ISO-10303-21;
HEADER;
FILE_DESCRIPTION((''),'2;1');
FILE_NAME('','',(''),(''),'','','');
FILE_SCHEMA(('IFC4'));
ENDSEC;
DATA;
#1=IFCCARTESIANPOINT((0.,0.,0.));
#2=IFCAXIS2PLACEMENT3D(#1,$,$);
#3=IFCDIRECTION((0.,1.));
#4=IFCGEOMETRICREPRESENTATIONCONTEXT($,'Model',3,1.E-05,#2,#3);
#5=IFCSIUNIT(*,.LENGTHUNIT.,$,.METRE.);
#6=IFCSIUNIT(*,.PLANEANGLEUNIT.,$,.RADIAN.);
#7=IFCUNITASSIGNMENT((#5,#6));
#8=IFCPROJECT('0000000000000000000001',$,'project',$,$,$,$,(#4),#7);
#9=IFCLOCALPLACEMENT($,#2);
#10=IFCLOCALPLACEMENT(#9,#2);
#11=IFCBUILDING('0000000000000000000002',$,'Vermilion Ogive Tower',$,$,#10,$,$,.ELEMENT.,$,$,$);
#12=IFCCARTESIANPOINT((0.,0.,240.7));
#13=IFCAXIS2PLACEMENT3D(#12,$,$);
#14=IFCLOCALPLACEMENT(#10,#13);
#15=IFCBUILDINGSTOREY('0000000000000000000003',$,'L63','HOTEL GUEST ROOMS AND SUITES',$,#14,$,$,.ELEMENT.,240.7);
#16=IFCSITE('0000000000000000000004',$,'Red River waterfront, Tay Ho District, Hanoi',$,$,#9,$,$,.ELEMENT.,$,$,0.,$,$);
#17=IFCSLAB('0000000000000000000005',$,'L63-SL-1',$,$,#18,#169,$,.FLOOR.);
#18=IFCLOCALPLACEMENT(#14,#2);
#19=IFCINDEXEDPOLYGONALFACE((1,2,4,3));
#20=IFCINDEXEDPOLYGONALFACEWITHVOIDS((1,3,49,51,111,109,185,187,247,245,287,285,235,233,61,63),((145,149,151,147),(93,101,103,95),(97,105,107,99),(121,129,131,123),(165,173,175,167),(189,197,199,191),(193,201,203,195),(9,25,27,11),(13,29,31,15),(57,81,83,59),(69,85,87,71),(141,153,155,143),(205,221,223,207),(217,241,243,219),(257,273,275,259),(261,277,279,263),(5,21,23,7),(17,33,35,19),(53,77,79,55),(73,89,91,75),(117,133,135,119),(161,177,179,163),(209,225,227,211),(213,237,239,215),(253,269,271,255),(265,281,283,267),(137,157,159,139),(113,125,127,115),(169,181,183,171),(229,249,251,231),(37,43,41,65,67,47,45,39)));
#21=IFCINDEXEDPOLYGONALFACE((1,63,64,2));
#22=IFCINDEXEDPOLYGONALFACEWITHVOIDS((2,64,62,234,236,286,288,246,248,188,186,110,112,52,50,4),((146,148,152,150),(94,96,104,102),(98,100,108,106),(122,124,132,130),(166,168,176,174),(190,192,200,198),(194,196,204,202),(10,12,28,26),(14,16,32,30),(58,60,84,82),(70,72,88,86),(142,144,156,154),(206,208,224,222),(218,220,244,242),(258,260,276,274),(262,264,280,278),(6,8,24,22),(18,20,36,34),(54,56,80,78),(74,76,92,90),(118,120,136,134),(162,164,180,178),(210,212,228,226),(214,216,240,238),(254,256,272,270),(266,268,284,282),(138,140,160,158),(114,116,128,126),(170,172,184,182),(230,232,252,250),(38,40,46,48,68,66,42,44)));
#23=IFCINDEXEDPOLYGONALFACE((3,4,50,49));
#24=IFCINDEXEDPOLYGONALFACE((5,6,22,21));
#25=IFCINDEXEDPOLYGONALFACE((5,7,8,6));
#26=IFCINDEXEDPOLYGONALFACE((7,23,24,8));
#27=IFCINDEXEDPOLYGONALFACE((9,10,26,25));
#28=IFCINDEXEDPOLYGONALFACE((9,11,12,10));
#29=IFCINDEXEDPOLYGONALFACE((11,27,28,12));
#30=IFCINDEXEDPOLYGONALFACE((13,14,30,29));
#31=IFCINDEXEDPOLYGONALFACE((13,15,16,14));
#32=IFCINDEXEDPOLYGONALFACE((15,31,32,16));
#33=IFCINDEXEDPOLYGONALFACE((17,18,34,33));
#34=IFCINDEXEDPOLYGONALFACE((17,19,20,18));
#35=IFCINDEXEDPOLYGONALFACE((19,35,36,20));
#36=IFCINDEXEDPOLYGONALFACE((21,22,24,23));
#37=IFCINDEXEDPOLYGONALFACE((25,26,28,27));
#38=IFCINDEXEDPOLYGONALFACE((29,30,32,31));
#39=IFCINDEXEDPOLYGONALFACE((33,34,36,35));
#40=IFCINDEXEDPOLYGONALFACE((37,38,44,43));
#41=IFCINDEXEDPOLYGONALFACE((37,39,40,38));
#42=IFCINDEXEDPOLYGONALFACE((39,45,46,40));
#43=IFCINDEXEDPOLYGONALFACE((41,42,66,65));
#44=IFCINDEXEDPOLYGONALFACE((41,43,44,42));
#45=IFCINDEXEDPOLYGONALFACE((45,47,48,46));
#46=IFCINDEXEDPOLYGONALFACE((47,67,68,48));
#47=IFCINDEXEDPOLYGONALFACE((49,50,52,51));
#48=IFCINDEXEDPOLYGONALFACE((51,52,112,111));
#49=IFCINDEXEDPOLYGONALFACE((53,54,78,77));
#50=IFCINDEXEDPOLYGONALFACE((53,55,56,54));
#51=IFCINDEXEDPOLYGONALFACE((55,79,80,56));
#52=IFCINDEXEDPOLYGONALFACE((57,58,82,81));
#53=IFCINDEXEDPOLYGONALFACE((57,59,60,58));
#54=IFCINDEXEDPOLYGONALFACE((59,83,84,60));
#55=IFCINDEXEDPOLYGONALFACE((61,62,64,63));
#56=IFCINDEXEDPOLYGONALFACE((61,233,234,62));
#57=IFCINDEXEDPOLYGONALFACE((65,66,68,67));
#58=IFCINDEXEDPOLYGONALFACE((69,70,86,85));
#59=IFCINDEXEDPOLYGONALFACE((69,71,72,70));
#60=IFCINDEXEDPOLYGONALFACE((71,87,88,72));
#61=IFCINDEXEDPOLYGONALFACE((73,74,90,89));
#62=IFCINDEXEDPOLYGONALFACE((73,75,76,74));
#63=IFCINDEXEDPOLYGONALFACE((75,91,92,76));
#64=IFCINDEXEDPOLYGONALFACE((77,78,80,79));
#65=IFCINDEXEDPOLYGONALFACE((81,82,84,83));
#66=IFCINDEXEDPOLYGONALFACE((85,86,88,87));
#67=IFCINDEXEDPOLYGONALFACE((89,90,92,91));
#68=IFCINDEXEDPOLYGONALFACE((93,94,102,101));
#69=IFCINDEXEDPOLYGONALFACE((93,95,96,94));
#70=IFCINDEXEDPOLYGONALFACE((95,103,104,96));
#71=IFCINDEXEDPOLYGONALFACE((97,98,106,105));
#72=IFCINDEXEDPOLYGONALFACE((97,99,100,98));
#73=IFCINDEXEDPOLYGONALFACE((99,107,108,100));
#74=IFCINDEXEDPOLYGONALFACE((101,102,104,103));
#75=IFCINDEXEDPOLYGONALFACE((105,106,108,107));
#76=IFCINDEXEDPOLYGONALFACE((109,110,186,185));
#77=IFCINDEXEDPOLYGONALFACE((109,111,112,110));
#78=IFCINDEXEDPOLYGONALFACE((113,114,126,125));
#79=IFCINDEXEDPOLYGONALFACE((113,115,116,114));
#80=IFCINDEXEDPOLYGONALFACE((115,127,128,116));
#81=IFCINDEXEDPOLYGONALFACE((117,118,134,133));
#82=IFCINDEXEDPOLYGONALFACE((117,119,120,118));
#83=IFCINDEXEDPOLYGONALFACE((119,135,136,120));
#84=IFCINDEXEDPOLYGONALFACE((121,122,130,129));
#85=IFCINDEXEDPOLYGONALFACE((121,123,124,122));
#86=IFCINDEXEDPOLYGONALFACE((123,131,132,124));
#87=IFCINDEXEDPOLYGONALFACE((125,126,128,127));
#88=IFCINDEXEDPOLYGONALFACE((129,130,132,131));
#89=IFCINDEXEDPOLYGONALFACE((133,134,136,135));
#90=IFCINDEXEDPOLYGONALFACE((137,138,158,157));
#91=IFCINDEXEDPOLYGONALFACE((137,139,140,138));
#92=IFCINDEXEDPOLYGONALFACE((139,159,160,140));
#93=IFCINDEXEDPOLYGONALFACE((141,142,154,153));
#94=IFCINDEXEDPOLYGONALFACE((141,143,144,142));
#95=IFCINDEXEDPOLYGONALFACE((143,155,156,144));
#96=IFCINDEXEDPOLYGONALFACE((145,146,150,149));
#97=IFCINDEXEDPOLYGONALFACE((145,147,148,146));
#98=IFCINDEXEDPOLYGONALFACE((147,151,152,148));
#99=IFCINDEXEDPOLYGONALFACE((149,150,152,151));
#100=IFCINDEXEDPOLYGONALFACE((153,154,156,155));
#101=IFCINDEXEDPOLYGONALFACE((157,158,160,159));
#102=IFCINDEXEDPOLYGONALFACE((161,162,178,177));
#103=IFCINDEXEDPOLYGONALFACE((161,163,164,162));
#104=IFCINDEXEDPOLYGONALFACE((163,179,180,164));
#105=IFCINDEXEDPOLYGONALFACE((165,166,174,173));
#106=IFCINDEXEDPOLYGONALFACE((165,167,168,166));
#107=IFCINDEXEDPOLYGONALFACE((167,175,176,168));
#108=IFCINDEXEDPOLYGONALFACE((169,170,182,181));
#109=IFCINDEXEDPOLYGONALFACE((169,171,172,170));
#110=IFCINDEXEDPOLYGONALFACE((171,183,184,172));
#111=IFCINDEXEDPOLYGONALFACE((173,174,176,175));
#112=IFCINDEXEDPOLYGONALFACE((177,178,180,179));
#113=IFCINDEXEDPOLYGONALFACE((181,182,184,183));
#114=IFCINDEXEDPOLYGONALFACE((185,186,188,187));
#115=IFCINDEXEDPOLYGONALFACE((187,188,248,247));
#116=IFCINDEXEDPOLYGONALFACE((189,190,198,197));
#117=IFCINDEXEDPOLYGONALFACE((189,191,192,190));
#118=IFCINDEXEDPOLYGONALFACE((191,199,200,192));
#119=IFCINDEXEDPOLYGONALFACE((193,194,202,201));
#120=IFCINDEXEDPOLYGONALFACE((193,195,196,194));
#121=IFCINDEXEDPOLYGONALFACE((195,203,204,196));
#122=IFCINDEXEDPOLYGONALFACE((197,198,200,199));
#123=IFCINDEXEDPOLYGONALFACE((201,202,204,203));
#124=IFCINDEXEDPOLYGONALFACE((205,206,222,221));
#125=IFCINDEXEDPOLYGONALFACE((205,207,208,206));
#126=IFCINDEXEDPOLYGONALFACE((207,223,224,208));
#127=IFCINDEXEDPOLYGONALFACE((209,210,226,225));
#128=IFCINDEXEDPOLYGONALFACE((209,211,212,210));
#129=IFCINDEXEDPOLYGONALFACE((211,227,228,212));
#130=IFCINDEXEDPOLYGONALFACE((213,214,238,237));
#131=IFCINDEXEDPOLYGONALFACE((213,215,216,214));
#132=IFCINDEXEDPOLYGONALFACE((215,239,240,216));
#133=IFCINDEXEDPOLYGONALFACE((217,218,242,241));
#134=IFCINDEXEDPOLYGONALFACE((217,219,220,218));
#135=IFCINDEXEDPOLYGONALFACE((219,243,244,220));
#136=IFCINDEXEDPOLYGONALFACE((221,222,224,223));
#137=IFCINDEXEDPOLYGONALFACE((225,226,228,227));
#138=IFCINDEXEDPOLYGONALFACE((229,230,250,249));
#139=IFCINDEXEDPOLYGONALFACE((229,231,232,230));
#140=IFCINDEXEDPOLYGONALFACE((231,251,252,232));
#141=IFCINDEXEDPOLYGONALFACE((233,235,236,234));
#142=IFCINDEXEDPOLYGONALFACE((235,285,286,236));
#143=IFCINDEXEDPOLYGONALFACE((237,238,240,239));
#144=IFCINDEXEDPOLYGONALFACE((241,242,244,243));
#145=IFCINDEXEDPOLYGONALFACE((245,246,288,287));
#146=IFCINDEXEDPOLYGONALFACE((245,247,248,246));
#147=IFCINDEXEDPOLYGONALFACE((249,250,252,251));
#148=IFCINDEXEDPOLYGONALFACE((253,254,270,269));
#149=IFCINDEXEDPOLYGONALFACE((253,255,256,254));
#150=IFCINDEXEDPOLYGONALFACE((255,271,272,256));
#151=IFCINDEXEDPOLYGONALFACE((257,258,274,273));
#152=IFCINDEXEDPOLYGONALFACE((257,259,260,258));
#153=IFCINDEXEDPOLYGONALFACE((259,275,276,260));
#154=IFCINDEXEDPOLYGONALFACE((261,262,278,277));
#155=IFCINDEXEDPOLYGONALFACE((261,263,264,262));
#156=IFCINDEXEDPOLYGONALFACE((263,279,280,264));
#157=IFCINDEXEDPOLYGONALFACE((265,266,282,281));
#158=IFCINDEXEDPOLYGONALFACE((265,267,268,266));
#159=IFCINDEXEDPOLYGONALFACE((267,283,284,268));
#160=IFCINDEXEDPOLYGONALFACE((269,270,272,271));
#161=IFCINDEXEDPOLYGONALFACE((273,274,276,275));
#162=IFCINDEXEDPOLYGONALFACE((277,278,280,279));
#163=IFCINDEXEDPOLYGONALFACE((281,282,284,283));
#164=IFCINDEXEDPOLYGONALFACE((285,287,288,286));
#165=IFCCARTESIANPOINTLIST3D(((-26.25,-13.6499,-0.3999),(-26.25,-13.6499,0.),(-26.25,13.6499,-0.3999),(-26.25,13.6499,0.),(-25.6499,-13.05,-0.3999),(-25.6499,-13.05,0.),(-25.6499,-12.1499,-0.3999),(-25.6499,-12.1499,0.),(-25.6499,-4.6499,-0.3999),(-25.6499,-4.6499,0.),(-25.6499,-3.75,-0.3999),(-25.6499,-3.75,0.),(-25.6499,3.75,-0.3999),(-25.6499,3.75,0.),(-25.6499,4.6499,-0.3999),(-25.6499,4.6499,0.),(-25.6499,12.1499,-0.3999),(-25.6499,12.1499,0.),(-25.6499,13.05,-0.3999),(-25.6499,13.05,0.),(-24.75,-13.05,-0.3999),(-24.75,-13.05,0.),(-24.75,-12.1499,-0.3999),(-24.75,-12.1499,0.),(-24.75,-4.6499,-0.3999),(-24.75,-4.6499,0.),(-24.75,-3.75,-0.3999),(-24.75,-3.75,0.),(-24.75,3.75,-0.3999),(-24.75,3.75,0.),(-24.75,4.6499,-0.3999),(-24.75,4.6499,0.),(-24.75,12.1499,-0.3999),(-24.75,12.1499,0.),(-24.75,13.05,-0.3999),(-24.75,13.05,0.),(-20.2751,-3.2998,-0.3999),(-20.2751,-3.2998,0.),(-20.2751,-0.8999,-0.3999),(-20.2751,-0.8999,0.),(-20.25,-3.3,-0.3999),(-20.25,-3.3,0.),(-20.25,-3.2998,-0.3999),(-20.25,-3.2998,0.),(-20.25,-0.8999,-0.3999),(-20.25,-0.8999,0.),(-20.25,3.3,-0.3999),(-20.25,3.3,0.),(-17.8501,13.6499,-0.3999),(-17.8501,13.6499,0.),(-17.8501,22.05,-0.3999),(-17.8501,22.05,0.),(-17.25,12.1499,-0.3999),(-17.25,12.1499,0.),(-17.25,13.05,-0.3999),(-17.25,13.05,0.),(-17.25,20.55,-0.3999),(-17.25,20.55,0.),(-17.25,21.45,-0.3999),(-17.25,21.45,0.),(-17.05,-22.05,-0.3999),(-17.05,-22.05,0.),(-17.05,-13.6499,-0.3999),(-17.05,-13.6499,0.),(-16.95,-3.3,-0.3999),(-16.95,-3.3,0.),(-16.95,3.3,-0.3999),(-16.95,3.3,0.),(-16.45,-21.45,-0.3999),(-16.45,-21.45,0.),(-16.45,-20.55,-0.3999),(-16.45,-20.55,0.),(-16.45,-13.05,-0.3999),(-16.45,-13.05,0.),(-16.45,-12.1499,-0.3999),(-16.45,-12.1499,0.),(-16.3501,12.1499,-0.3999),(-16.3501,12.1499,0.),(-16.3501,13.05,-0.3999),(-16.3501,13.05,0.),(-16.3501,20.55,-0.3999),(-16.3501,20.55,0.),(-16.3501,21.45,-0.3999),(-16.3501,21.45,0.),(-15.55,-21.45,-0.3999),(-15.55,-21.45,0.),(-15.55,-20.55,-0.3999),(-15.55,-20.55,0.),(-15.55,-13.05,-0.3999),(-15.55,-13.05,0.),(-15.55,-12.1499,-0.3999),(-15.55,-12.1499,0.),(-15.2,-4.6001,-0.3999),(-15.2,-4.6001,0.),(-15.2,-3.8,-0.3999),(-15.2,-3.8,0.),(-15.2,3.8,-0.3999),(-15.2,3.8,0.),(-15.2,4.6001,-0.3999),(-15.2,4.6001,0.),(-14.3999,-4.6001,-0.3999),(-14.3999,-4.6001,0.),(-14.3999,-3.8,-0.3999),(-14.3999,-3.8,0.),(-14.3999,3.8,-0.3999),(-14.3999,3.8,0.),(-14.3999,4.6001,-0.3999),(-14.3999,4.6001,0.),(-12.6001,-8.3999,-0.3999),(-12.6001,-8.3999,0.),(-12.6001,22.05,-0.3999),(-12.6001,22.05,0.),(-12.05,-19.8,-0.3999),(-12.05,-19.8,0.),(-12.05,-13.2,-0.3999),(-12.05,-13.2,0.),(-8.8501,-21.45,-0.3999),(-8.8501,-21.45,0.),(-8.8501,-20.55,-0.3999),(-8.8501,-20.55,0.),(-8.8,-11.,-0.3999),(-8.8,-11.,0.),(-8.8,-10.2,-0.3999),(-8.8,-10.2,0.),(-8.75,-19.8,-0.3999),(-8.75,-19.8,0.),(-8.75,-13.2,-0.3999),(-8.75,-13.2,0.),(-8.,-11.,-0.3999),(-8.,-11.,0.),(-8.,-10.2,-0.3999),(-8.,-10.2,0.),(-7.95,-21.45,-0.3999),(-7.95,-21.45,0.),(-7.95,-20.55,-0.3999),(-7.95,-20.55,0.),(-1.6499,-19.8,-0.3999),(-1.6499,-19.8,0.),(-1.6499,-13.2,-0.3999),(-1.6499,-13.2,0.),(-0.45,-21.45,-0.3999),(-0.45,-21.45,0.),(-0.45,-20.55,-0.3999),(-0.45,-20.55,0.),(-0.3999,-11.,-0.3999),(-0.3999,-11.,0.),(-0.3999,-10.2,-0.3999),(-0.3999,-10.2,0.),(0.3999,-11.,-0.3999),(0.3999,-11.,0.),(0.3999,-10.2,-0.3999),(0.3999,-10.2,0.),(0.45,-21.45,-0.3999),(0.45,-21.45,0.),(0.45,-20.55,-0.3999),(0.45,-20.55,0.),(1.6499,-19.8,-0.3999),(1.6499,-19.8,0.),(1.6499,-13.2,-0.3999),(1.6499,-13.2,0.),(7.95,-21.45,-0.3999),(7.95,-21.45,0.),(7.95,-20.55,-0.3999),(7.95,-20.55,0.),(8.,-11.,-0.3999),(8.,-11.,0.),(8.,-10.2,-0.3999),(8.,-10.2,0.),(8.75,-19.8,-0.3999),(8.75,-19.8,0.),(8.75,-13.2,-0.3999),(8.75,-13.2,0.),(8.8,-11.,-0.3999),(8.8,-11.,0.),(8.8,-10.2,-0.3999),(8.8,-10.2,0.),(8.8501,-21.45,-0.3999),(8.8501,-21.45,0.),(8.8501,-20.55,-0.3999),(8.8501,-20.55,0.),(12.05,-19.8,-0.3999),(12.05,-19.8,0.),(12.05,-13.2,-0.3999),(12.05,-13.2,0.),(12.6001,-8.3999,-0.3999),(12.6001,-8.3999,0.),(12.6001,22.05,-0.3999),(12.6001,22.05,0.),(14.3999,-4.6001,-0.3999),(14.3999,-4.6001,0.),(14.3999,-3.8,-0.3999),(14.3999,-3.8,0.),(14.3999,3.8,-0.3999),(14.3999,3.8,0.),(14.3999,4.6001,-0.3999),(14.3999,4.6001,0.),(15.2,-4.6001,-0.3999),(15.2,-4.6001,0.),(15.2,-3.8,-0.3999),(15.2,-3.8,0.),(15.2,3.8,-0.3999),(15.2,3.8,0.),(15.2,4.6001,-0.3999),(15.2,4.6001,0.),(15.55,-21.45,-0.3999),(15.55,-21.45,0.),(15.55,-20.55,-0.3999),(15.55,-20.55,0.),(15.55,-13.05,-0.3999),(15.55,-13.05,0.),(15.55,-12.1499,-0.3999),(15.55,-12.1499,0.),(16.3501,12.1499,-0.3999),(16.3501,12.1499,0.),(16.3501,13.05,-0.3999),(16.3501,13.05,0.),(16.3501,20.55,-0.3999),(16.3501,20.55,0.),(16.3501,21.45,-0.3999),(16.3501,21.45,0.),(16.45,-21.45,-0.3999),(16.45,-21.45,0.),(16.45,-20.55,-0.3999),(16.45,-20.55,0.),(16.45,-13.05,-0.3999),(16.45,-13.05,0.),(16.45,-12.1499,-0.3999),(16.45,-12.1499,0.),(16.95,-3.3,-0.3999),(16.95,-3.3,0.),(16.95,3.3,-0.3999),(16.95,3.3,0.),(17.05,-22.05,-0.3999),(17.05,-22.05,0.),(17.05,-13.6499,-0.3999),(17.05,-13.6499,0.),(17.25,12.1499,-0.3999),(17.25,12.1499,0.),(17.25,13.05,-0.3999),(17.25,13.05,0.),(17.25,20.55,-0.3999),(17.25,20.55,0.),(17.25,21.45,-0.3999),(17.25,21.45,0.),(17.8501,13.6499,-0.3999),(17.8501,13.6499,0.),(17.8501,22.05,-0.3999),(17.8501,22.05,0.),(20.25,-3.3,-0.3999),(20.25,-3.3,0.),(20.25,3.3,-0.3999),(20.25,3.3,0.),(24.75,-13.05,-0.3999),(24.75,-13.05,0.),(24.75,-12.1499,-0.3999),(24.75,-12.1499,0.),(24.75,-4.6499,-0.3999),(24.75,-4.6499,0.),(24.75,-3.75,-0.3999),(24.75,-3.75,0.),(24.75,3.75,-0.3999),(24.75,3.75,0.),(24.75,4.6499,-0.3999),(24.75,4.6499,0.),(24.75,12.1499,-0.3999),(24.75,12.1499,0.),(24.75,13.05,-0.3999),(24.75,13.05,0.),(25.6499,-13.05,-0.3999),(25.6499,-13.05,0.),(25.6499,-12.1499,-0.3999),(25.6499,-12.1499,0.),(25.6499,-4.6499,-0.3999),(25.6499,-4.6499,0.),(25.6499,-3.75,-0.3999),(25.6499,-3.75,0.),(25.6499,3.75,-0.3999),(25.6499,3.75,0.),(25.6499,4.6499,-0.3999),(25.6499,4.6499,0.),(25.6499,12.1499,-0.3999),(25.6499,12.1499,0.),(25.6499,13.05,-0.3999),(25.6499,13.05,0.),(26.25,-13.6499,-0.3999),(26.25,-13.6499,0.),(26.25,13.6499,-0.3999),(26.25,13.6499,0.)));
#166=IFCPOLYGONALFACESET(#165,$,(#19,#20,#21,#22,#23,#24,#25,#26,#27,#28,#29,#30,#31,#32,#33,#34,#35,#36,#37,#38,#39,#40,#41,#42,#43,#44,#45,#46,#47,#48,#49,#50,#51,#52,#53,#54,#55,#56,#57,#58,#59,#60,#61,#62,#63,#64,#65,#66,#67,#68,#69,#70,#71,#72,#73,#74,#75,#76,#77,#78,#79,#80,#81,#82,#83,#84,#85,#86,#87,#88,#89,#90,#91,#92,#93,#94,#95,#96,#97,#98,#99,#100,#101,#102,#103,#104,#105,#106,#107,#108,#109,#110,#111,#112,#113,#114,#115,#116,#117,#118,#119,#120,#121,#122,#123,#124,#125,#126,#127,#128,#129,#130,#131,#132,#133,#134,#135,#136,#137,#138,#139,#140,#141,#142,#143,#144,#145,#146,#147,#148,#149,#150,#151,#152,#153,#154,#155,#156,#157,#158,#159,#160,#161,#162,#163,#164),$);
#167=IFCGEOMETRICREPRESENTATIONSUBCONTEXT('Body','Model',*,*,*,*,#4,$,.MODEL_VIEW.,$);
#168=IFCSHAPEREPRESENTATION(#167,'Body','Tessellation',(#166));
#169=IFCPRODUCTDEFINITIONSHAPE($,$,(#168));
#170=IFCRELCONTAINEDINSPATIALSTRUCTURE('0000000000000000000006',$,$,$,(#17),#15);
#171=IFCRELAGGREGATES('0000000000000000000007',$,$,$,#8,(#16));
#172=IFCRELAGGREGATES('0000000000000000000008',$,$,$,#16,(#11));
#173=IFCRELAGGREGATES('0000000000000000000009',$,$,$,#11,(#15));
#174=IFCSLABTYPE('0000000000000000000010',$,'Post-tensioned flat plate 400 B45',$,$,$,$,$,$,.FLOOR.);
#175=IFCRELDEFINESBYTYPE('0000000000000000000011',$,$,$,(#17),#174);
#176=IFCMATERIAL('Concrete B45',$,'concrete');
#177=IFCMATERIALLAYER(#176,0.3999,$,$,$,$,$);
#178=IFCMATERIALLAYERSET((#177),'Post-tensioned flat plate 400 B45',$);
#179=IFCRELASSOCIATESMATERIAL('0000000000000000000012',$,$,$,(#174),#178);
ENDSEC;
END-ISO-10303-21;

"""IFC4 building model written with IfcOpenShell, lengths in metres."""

from ifc_helpers import new_model, si_unit, direction, frame, origin, place, context, subcontext, project, spatial, polyline, outline, extrude, material, layer, layer_set, type_object, element, save


model = new_model("IFC4")

# Units and contexts
model_context = context("Model", 3, precision=1e-05, world=origin(), true_north=direction((0.0, 1.0)))
body_context = subcontext(model_context, "Body", "Model", "MODEL_VIEW")
ifc_project = project(units=[si_unit("LENGTHUNIT", "METRE"), si_unit("PLANEANGLEUNIT", "RADIAN")], contexts=[model_context])

# Site, building, storey
site_placement = place(None, origin())
site = spatial("IfcSite", under=ifc_project, at=site_placement, Name="Red River waterfront, Tay Ho District, Hanoi", CompositionType="ELEMENT", RefElevation=0.0)
building_placement = place(site_placement, origin())
building = spatial("IfcBuilding", under=site, at=building_placement, Name="Vermilion Ogive Tower", CompositionType="ELEMENT")
storey_placement = place(building_placement, frame((0.0, 0.0, 240.7)))
storey = spatial("IfcBuildingStorey", under=building, at=storey_placement, Name="L63", Description="HOTEL GUEST ROOMS AND SUITES", CompositionType="ELEMENT", Elevation=240.7)

# Slab
ifc_material_1 = material(Name="Concrete B45", Category="concrete")
ifc_layer_1 = layer(ifc_material_1, 0.3999)
ifc_layer_set_1 = layer_set([ifc_layer_1], Name="Post-tensioned flat plate 400 B45")
slab_type_1 = type_object("IfcSlabType", Name="Post-tensioned flat plate 400 B45", PredefinedType="FLOOR", material=ifc_layer_set_1)
slab_1_placement = place(storey_placement, frame((0.0, 0.0, -0.3999)))
element("IfcSlab", 1, at=slab_1_placement, inside=storey, type_object=slab_type_1, Name="L63-SL-1", PredefinedType="FLOOR", context=body_context, shape_type="SweptSolid", body=[
    extrude(outline(polyline([(-26.25, -13.6499), (-17.05, -13.6499), (-17.05, -22.05), (17.05, -22.05), (17.05, -13.6499), (26.25, -13.6499), (26.25, 13.6499), (17.8501, 13.6499), (17.8501, 22.05), (12.6001, 22.05), (12.6001, -8.3999), (-12.6001, -8.3999), (-12.6001, 22.05), (-17.8501, 22.05), (-17.8501, 13.6499), (-26.25, 13.6499), (-26.25, -13.6499)]), holes=[polyline([(25.6499, -3.75), (25.6499, -4.6499), (24.75, -4.6499), (24.75, -3.75), (25.6499, -3.75)]), polyline([(25.6499, -12.1499), (25.6499, -13.05), (24.75, -13.05), (24.75, -12.1499), (25.6499, -12.1499)]), polyline([(25.6499, 12.1499), (24.75, 12.1499), (24.75, 13.05), (25.6499, 13.05), (25.6499, 12.1499)]), polyline([(25.6499, 3.75), (24.75, 3.75), (24.75, 4.6499), (25.6499, 4.6499), (25.6499, 3.75)]), polyline([(20.25, 3.3), (20.25, -3.3), (16.95, -3.3), (16.95, 3.3), (20.25, 3.3)]), polyline([(17.25, 13.05), (17.25, 12.1499), (16.3501, 12.1499), (16.3501, 13.05), (17.25, 13.05)]), polyline([(17.25, 20.55), (16.3501, 20.55), (16.3501, 21.45), (17.25, 21.45), (17.25, 20.55)]), polyline([(16.45, -12.1499), (16.45, -13.05), (15.55, -13.05), (15.55, -12.1499), (16.45, -12.1499)]), polyline([(16.45, -20.55), (16.45, -21.45), (15.55, -21.45), (15.55, -20.55), (16.45, -20.55)]), polyline([(15.2, 4.6001), (15.2, 3.8), (14.3999, 3.8), (14.3999, 4.6001), (15.2, 4.6001)]), polyline([(15.2, -4.6001), (14.3999, -4.6001), (14.3999, -3.8), (15.2, -3.8), (15.2, -4.6001)]), polyline([(12.05, -13.2), (12.05, -19.8), (8.75, -19.8), (8.75, -13.2), (12.05, -13.2)]), polyline([(8.8501, -20.55), (8.8501, -21.45), (7.95, -21.45), (7.95, -20.55), (8.8501, -20.55)]), polyline([(8.8, -11.0), (8.0, -11.0), (8.0, -10.2), (8.8, -10.2), (8.8, -11.0)]), polyline([(1.6499, -13.2), (1.6499, -19.8), (-1.6499, -19.8), (-1.6499, -13.2), (1.6499, -13.2)]), polyline([(0.45, -20.55), (0.45, -21.45), (-0.45, -21.45), (-0.45, -20.55), (0.45, -20.55)]), polyline([(0.3999, -10.2), (0.3999, -11.0), (-0.3999, -11.0), (-0.3999, -10.2), (0.3999, -10.2)]), polyline([(-7.95, -20.55), (-7.95, -21.45), (-8.8501, -21.45), (-8.8501, -20.55), (-7.95, -20.55)]), polyline([(-8.0, -10.2), (-8.0, -11.0), (-8.8, -11.0), (-8.8, -10.2), (-8.0, -10.2)]), polyline([(-8.75, -13.2), (-8.75, -19.8), (-12.05, -19.8), (-12.05, -13.2), (-8.75, -13.2)]), polyline([(-14.3999, 4.6001), (-14.3999, 3.8), (-15.2, 3.8), (-15.2, 4.6001), (-14.3999, 4.6001)]), polyline([(-14.3999, -4.6001), (-15.2, -4.6001), (-15.2, -3.8), (-14.3999, -3.8), (-14.3999, -4.6001)]), polyline([(-15.55, -12.1499), (-15.55, -13.05), (-16.45, -13.05), (-16.45, -12.1499), (-15.55, -12.1499)]), polyline([(-15.55, -20.55), (-15.55, -21.45), (-16.45, -21.45), (-16.45, -20.55), (-15.55, -20.55)]), polyline([(-16.3501, 13.05), (-16.3501, 12.1499), (-17.25, 12.1499), (-17.25, 13.05), (-16.3501, 13.05)]), polyline([(-16.3501, 20.55), (-17.25, 20.55), (-17.25, 21.45), (-16.3501, 21.45), (-16.3501, 20.55)]), polyline([(-16.95, 3.3), (-16.95, -3.3), (-20.25, -3.3), (-20.25, -3.2998), (-20.2751, -3.2998), (-20.2751, -0.8999), (-20.25, -0.8999), (-20.25, 3.3), (-16.95, 3.3)]), polyline([(-24.75, 3.75), (-25.6499, 3.75), (-25.6499, 4.6499), (-24.75, 4.6499), (-24.75, 3.75)]), polyline([(-24.75, 13.05), (-24.75, 12.1499), (-25.6499, 12.1499), (-25.6499, 13.05), (-24.75, 13.05)]), polyline([(-24.75, -3.75), (-24.75, -4.6499), (-25.6499, -4.6499), (-25.6499, -3.75), (-24.75, -3.75)]), polyline([(-24.75, -12.1499), (-24.75, -13.05), (-25.6499, -13.05), (-25.6499, -12.1499), (-24.75, -12.1499)])]), origin(), (0.0, 0.0, 1.0), 0.3999),
])

save(model, "model.ifc")
